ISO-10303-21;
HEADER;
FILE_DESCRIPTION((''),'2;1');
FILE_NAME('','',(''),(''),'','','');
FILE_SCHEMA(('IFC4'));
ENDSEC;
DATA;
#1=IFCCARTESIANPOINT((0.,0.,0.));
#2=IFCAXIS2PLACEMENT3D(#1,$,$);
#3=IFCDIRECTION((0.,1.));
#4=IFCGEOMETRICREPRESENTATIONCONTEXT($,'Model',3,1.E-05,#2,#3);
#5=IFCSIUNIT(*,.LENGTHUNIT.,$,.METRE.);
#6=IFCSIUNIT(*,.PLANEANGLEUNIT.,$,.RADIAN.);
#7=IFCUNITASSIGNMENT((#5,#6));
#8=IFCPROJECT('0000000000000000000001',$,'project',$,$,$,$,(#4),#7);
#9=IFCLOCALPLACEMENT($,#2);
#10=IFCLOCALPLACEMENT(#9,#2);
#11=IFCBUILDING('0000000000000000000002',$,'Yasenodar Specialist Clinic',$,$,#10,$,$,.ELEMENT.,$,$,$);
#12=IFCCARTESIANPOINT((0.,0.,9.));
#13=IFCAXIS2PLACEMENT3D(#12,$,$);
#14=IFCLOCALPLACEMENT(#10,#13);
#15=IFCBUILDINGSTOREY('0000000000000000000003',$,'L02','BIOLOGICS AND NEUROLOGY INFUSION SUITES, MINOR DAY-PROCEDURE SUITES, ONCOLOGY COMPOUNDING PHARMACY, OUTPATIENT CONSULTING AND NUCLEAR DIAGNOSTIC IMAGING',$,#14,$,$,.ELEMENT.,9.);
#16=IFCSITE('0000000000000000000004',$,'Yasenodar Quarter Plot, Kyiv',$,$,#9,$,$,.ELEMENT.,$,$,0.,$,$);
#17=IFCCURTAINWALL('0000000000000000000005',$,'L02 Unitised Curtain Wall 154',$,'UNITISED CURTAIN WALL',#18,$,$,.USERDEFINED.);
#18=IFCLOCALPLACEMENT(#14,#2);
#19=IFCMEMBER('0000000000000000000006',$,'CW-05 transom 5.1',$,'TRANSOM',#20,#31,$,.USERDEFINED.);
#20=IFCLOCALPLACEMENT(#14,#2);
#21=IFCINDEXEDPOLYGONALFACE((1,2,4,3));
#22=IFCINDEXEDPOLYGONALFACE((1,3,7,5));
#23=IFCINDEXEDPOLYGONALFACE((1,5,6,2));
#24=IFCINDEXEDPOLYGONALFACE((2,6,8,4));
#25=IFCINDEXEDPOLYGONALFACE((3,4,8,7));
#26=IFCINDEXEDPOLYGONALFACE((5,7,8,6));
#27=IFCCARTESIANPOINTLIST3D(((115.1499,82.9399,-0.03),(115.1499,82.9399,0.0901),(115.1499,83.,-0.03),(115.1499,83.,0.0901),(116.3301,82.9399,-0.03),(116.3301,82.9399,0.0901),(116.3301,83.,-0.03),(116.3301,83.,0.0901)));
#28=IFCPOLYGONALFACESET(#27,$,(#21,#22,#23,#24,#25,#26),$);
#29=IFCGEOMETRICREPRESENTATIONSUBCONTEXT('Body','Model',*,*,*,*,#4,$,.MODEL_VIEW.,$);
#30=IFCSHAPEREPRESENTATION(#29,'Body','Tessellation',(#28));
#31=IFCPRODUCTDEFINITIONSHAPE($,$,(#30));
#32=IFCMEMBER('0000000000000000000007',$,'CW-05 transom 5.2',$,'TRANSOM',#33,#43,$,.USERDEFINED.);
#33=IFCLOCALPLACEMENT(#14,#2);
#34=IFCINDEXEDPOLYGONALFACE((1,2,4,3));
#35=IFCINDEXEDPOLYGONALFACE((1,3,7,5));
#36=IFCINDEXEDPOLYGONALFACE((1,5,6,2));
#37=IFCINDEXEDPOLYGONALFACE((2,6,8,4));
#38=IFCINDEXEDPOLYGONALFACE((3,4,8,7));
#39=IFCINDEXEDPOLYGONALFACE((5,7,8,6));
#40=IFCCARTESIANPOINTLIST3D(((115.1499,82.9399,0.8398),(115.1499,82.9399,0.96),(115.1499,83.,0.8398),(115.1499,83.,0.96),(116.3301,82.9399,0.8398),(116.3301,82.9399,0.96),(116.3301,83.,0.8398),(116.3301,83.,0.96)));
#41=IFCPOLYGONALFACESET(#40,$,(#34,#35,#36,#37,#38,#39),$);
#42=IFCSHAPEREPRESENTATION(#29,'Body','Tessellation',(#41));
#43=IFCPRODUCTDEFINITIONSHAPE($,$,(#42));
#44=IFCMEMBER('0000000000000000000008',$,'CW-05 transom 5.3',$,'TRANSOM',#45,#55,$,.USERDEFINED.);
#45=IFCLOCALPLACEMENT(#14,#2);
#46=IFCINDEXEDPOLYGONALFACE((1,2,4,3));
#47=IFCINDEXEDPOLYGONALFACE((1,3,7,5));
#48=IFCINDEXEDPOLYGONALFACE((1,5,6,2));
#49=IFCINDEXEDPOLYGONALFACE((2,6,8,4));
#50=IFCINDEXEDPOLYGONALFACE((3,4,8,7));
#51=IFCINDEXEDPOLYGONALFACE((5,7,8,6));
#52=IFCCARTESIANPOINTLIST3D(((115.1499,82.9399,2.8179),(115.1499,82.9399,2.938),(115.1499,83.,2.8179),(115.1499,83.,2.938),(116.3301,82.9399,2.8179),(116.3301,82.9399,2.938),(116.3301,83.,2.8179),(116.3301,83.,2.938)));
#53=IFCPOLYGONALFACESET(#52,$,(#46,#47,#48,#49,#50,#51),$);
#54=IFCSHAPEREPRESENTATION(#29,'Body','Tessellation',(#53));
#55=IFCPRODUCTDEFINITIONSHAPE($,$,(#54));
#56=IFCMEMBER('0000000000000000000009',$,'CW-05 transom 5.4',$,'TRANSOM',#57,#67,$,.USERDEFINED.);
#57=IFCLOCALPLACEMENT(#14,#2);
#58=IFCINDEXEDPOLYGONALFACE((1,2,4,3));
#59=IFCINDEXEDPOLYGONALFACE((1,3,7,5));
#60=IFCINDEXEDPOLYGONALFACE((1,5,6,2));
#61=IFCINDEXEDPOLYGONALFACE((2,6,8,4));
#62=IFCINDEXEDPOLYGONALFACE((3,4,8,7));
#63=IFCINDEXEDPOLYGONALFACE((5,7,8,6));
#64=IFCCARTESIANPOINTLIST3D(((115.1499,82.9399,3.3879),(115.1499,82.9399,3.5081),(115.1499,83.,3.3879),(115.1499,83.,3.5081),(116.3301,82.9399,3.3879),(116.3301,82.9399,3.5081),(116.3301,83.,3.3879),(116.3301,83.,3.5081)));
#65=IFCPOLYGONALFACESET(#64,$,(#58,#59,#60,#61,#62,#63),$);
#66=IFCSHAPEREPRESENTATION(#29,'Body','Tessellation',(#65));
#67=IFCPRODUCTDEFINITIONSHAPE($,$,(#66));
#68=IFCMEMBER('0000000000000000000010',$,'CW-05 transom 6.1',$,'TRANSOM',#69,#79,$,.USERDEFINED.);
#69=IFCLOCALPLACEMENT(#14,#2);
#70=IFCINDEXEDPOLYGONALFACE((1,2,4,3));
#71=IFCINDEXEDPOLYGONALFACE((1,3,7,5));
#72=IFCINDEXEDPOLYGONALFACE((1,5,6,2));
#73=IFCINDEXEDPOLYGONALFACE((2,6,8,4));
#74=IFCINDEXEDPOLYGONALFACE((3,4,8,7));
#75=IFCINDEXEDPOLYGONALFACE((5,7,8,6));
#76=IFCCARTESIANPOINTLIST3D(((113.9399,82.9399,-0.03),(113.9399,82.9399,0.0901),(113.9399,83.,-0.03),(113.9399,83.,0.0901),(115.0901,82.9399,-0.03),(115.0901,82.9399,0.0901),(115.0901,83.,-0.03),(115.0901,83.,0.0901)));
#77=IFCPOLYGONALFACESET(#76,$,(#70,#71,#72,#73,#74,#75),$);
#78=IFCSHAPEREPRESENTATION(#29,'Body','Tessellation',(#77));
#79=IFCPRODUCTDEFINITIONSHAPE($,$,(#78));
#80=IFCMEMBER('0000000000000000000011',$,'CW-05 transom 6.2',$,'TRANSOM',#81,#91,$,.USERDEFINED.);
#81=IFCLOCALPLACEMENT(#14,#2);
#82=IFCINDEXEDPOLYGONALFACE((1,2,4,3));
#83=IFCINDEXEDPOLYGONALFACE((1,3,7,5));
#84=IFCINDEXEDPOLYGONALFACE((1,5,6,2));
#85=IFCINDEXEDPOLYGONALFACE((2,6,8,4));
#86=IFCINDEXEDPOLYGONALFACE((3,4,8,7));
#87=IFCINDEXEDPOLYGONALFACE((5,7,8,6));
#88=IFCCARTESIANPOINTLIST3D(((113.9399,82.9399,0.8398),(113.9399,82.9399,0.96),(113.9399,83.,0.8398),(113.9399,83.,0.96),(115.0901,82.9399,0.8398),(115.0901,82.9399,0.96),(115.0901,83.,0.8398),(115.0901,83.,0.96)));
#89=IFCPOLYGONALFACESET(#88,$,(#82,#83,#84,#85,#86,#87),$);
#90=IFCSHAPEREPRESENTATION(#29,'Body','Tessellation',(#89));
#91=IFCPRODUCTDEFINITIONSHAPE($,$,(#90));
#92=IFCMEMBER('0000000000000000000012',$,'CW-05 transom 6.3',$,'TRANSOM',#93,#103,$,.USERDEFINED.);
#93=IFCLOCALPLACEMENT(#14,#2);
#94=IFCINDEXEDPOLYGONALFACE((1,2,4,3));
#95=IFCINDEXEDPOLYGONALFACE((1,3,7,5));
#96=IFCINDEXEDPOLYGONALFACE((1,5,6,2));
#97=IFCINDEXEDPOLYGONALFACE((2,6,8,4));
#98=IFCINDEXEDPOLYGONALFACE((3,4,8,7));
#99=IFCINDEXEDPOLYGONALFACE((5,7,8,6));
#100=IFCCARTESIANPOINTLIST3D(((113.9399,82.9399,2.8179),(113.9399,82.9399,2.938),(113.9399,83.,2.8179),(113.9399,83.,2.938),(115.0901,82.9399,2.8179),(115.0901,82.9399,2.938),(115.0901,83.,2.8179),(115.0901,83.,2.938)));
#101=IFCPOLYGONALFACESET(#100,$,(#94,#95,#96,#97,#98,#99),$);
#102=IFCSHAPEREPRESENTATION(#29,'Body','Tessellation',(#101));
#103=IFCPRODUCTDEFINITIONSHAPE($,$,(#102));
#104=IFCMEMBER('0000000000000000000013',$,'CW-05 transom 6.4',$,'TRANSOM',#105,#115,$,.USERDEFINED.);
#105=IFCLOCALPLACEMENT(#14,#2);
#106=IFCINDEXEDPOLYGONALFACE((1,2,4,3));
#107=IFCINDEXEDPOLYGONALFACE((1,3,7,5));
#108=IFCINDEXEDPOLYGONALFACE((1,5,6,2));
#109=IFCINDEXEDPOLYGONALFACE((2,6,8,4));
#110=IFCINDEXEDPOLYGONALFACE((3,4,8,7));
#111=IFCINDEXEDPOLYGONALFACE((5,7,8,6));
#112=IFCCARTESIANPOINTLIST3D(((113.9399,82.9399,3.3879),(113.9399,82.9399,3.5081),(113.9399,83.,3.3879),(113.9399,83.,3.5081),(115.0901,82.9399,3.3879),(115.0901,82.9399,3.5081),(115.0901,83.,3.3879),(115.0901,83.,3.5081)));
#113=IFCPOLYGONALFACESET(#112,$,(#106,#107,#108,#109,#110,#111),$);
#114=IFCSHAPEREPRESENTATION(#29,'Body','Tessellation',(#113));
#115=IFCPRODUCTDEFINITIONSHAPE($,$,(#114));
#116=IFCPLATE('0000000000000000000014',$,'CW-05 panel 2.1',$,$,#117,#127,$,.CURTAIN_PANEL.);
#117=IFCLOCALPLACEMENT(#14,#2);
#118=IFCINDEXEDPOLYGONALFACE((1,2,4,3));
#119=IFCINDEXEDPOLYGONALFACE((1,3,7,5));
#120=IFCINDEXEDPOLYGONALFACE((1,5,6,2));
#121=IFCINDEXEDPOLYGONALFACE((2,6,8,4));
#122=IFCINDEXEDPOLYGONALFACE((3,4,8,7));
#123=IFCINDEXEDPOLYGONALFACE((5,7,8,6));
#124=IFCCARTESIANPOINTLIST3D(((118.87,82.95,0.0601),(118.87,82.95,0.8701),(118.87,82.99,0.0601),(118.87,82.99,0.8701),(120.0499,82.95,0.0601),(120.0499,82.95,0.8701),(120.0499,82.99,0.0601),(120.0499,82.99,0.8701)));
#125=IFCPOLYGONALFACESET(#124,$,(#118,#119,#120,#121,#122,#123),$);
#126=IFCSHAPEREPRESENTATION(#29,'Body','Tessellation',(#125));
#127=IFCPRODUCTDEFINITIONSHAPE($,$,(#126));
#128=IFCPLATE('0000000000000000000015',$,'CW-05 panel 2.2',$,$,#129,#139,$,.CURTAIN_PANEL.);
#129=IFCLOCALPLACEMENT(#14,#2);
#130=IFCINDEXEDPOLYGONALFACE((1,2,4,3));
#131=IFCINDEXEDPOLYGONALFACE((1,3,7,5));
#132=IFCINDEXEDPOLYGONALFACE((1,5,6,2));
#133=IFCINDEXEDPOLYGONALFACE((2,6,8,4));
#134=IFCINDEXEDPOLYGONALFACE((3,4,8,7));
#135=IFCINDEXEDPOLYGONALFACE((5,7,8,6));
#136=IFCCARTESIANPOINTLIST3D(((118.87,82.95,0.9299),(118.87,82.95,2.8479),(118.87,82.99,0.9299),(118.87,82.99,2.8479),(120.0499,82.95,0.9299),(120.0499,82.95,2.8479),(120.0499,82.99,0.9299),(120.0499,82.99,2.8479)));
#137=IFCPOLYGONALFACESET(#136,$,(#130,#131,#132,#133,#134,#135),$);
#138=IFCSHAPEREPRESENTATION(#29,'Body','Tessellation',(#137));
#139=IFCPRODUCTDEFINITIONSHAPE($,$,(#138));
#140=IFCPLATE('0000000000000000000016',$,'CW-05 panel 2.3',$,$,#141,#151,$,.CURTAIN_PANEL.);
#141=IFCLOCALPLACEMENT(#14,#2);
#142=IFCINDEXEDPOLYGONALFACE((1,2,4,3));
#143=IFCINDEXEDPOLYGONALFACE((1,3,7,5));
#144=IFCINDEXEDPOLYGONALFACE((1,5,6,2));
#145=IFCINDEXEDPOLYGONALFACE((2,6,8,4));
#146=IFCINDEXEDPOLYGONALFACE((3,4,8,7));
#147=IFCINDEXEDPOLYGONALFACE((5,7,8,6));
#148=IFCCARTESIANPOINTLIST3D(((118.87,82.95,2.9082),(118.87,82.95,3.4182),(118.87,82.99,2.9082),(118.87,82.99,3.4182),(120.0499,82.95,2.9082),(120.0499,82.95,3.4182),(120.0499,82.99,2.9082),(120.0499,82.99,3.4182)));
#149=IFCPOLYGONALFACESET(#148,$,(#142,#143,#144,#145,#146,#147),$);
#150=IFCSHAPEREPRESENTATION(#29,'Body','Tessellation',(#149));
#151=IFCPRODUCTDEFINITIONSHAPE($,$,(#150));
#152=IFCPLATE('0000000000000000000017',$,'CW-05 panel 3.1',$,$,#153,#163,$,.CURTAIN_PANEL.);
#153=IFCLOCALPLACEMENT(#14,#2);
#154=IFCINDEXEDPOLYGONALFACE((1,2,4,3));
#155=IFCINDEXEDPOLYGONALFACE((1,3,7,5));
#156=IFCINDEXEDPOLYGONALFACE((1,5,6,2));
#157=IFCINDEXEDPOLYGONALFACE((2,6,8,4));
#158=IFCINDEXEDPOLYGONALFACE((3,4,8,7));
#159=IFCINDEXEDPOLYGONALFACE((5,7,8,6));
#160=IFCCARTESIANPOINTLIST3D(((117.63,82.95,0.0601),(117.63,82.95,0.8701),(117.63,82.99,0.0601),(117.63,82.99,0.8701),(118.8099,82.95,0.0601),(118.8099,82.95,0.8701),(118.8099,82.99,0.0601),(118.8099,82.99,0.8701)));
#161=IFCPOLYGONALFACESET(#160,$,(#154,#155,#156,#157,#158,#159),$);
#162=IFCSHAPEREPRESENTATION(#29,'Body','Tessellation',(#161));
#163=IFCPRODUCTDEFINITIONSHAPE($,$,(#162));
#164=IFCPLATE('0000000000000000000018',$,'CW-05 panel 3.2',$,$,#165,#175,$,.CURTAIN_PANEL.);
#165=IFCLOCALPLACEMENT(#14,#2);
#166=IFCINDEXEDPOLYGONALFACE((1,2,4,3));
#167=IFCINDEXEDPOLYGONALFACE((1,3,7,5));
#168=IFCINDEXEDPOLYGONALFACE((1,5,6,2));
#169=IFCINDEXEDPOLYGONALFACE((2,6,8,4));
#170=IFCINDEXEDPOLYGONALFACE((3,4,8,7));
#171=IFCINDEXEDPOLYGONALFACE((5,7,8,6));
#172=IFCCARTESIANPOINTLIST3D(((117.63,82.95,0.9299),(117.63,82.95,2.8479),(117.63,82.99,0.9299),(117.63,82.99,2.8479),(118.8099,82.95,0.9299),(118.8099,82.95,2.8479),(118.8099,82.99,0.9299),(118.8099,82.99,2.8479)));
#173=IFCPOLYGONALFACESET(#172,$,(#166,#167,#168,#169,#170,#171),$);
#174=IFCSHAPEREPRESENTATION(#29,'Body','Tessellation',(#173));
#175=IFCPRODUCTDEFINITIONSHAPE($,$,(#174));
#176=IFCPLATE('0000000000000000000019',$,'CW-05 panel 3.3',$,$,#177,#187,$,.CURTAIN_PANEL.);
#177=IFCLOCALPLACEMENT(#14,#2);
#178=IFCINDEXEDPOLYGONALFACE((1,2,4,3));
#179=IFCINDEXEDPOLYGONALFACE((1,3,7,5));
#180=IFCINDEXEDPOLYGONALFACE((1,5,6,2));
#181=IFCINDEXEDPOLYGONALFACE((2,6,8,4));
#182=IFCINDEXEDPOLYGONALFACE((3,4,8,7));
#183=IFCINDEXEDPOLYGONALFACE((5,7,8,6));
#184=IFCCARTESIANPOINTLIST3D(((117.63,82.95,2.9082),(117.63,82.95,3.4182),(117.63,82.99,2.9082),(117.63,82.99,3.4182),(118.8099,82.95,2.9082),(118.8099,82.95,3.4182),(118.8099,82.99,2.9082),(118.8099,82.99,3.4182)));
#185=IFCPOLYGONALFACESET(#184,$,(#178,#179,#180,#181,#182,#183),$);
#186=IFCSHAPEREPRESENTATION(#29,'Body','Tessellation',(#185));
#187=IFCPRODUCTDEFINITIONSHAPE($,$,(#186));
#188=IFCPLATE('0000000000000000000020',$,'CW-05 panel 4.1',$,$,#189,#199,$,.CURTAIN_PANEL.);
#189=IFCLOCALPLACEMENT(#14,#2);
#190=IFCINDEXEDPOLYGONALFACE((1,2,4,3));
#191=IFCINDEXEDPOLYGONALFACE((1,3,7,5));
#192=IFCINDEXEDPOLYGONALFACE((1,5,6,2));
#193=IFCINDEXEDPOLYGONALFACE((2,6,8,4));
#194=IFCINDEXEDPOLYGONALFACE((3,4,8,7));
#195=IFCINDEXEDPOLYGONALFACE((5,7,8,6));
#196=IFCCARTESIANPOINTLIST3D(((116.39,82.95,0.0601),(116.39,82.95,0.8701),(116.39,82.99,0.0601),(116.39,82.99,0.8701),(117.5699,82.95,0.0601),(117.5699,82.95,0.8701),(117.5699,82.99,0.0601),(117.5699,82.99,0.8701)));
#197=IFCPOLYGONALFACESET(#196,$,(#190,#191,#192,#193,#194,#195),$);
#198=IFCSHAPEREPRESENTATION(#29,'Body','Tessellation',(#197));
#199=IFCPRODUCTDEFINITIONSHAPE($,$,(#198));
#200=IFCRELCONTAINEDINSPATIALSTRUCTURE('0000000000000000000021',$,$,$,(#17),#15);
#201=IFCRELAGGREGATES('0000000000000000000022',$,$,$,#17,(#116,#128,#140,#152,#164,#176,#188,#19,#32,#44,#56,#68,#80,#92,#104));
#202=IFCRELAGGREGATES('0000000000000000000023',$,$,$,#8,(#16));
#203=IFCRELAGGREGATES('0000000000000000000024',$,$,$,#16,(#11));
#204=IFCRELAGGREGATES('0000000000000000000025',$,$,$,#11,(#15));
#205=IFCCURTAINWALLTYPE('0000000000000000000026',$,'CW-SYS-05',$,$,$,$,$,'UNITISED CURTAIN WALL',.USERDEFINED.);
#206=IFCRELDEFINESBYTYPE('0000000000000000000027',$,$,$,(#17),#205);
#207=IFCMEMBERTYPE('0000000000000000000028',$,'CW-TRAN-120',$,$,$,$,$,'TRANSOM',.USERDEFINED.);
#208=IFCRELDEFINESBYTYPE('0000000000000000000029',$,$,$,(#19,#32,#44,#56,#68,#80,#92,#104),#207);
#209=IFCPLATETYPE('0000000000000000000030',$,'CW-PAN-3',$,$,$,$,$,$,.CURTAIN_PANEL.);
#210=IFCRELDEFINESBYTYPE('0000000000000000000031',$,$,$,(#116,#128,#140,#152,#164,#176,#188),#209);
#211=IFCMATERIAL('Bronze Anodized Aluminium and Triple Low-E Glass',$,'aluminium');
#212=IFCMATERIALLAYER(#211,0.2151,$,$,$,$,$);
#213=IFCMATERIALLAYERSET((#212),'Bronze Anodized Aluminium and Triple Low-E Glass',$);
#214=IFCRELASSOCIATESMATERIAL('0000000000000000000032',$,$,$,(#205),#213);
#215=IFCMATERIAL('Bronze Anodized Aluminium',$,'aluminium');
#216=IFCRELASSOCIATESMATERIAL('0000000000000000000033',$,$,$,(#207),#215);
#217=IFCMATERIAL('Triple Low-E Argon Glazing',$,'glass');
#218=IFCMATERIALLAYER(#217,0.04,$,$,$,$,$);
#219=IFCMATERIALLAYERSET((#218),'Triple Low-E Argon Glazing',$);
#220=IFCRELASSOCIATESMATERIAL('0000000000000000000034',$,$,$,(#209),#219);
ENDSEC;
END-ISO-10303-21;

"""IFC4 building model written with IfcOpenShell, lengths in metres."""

from ifc_helpers import new_model, si_unit, direction, frame, origin, origin_2d, place, context, subcontext, project, spatial, rectangle, extrude, material, layer, layer_set, material_profile, profile_set, type_object, element, aggregate, save


model = new_model("IFC4")

# Units and contexts
model_context = context("Model", 3, precision=1e-05, world=origin(), true_north=direction((0.0, 1.0)))
body_context = subcontext(model_context, "Body", "Model", "MODEL_VIEW")
ifc_project = project(units=[si_unit("LENGTHUNIT", "METRE"), si_unit("PLANEANGLEUNIT", "RADIAN")], contexts=[model_context])

# Site, building, storey
site_placement = place(None, origin())
site = spatial("IfcSite", under=ifc_project, at=site_placement, Name="Yasenodar Quarter Plot, Kyiv", CompositionType="ELEMENT", RefElevation=0.0)
building_placement = place(site_placement, origin())
building = spatial("IfcBuilding", under=site, at=building_placement, Name="Yasenodar Specialist Clinic", CompositionType="ELEMENT")
storey_placement = place(building_placement, frame((0.0, 0.0, 9.0)))
storey = spatial("IfcBuildingStorey", under=building, at=storey_placement, Name="L02", Description="BIOLOGICS AND NEUROLOGY INFUSION SUITES, MINOR DAY-PROCEDURE SUITES, ONCOLOGY COMPOUNDING PHARMACY, OUTPATIENT CONSULTING AND NUCLEAR DIAGNOSTIC IMAGING", CompositionType="ELEMENT", Elevation=9.0)

# Curtain wall, members, plates
ifc_material_1 = material(Name="Bronze Anodized Aluminium and Triple Low-E Glass", Category="aluminium")
ifc_layer_1 = layer(ifc_material_1, 0.2151)
ifc_layer_set_1 = layer_set([ifc_layer_1], Name="Bronze Anodized Aluminium and Triple Low-E Glass")
curtain_wall_type = type_object("IfcCurtainWallType", Name="CW-SYS-05", ElementType="UNITISED CURTAIN WALL", PredefinedType="USERDEFINED", material=ifc_layer_set_1)
curtain_wall_placement = place(storey_placement, origin())
curtain_wall = element("IfcCurtainWall", 1, at=curtain_wall_placement, inside=storey, type_object=curtain_wall_type, Name="L02 Unitised Curtain Wall 154", ObjectType="UNITISED CURTAIN WALL", PredefinedType="USERDEFINED")
ifc_material_2 = material(Name="Bronze Anodized Aluminium", Category="aluminium")
ifc_material_profile_1 = material_profile(ifc_material_2, rectangle(XDim=0.0601, YDim=0.1201, at=origin_2d()), Name="CW-TRAN 60x120")
ifc_profile_set_1 = profile_set([ifc_material_profile_1], Name="Bronze Anodized Aluminium")
member_type_1 = type_object("IfcMemberType", Name="CW-TRAN-120", ElementType="TRANSOM", PredefinedType="USERDEFINED", material=ifc_profile_set_1)
member_1_placement = place(storey_placement, frame((116.3301, 82.97, 0.03), z_axis=(-1.0, 0.0, 0.0), x_axis=(0.0, -1.0, 0.0)))
member_1 = element("IfcMember", 2, at=member_1_placement, type_object=member_type_1, Name="CW-05 transom 5.1", ObjectType="TRANSOM", PredefinedType="USERDEFINED", context=body_context, shape_type="SweptSolid", body=[
    extrude(rectangle(XDim=0.0601, YDim=0.1201, at=origin_2d()), origin(), (0.0, 0.0, 1.0), 1.1802),
])
member_2_placement = place(storey_placement, frame((116.3301, 82.97, 0.8999), z_axis=(-1.0, 0.0, 0.0), x_axis=(0.0, -1.0, 0.0)))
member_2 = element("IfcMember", 3, at=member_2_placement, type_object=member_type_1, Name="CW-05 transom 5.2", ObjectType="TRANSOM", PredefinedType="USERDEFINED", context=body_context, shape_type="SweptSolid", body=[
    extrude(rectangle(XDim=0.0601, YDim=0.1201, at=origin_2d()), origin(), (0.0, 0.0, 1.0), 1.1802),
])
member_3_placement = place(storey_placement, frame((116.3301, 82.97, 2.8779), z_axis=(-1.0, 0.0, 0.0), x_axis=(0.0, -1.0, 0.0)))
member_3 = element("IfcMember", 4, at=member_3_placement, type_object=member_type_1, Name="CW-05 transom 5.3", ObjectType="TRANSOM", PredefinedType="USERDEFINED", context=body_context, shape_type="SweptSolid", body=[
    extrude(rectangle(XDim=0.0601, YDim=0.1201, at=origin_2d()), origin(), (0.0, 0.0, 1.0), 1.1802),
])
member_4_placement = place(storey_placement, frame((116.3301, 82.97, 3.448), z_axis=(-1.0, 0.0, 0.0), x_axis=(0.0, -1.0, 0.0)))
member_4 = element("IfcMember", 5, at=member_4_placement, type_object=member_type_1, Name="CW-05 transom 5.4", ObjectType="TRANSOM", PredefinedType="USERDEFINED", context=body_context, shape_type="SweptSolid", body=[
    extrude(rectangle(XDim=0.0601, YDim=0.1201, at=origin_2d()), origin(), (0.0, 0.0, 1.0), 1.1802),
])
member_5_placement = place(storey_placement, frame((115.0901, 82.97, 0.03), z_axis=(-1.0, 0.0, 0.0), x_axis=(0.0, -1.0, 0.0)))
member_5 = element("IfcMember", 6, at=member_5_placement, type_object=member_type_1, Name="CW-05 transom 6.1", ObjectType="TRANSOM", PredefinedType="USERDEFINED", context=body_context, shape_type="SweptSolid", body=[
    extrude(rectangle(XDim=0.0601, YDim=0.1201, at=origin_2d()), origin(), (0.0, 0.0, 1.0), 1.1501),
])
member_6_placement = place(storey_placement, frame((115.0901, 82.97, 0.8999), z_axis=(-1.0, 0.0, 0.0), x_axis=(0.0, -1.0, 0.0)))
member_6 = element("IfcMember", 7, at=member_6_placement, type_object=member_type_1, Name="CW-05 transom 6.2", ObjectType="TRANSOM", PredefinedType="USERDEFINED", context=body_context, shape_type="SweptSolid", body=[
    extrude(rectangle(XDim=0.0601, YDim=0.1201, at=origin_2d()), origin(), (0.0, 0.0, 1.0), 1.1501),
])
member_7_placement = place(storey_placement, frame((115.0901, 82.97, 2.8779), z_axis=(-1.0, 0.0, 0.0), x_axis=(0.0, -1.0, 0.0)))
member_7 = element("IfcMember", 8, at=member_7_placement, type_object=member_type_1, Name="CW-05 transom 6.3", ObjectType="TRANSOM", PredefinedType="USERDEFINED", context=body_context, shape_type="SweptSolid", body=[
    extrude(rectangle(XDim=0.0601, YDim=0.1201, at=origin_2d()), origin(), (0.0, 0.0, 1.0), 1.1501),
])
member_8_placement = place(storey_placement, frame((115.0901, 82.97, 3.448), z_axis=(-1.0, 0.0, 0.0), x_axis=(0.0, -1.0, 0.0)))
member_8 = element("IfcMember", 9, at=member_8_placement, type_object=member_type_1, Name="CW-05 transom 6.4", ObjectType="TRANSOM", PredefinedType="USERDEFINED", context=body_context, shape_type="SweptSolid", body=[
    extrude(rectangle(XDim=0.0601, YDim=0.1201, at=origin_2d()), origin(), (0.0, 0.0, 1.0), 1.1501),
])
ifc_material_3 = material(Name="Triple Low-E Argon Glazing", Category="glass")
ifc_layer_2 = layer(ifc_material_3, 0.04)
ifc_layer_set_2 = layer_set([ifc_layer_2], Name="Triple Low-E Argon Glazing")
plate_type = type_object("IfcPlateType", Name="CW-PAN-3", PredefinedType="CURTAIN_PANEL", material=ifc_layer_set_2)
plate_1_placement = place(storey_placement, frame((119.46, 82.97, 0.0601), z_axis=(0.0, 0.0, 1.0), x_axis=(-1.0, 0.0, 0.0)))
plate_1 = element("IfcPlate", 10, at=plate_1_placement, type_object=plate_type, Name="CW-05 panel 2.1", PredefinedType="CURTAIN_PANEL", context=body_context, shape_type="SweptSolid", body=[
    extrude(rectangle(XDim=1.1799, YDim=0.04, at=origin_2d()), origin(), (0.0, 0.0, 1.0), 0.8101),
])
plate_2_placement = place(storey_placement, frame((119.46, 82.97, 0.9299), z_axis=(0.0, 0.0, 1.0), x_axis=(-1.0, 0.0, 0.0)))
plate_2 = element("IfcPlate", 11, at=plate_2_placement, type_object=plate_type, Name="CW-05 panel 2.2", PredefinedType="CURTAIN_PANEL", context=body_context, shape_type="SweptSolid", body=[
    extrude(rectangle(XDim=1.1799, YDim=0.04, at=origin_2d()), origin(), (0.0, 0.0, 1.0), 1.918),
])
plate_3_placement = place(storey_placement, frame((119.46, 82.97, 2.9082), z_axis=(0.0, 0.0, 1.0), x_axis=(-1.0, 0.0, 0.0)))
plate_3 = element("IfcPlate", 12, at=plate_3_placement, type_object=plate_type, Name="CW-05 panel 2.3", PredefinedType="CURTAIN_PANEL", context=body_context, shape_type="SweptSolid", body=[
    extrude(rectangle(XDim=1.1799, YDim=0.04, at=origin_2d()), origin(), (0.0, 0.0, 1.0), 0.51),
])
plate_4_placement = place(storey_placement, frame((118.22, 82.97, 0.0601), z_axis=(0.0, 0.0, 1.0), x_axis=(-1.0, 0.0, 0.0)))
plate_4 = element("IfcPlate", 13, at=plate_4_placement, type_object=plate_type, Name="CW-05 panel 3.1", PredefinedType="CURTAIN_PANEL", context=body_context, shape_type="SweptSolid", body=[
    extrude(rectangle(XDim=1.1799, YDim=0.04, at=origin_2d()), origin(), (0.0, 0.0, 1.0), 0.8101),
])
plate_5_placement = place(storey_placement, frame((118.22, 82.97, 0.9299), z_axis=(0.0, 0.0, 1.0), x_axis=(-1.0, 0.0, 0.0)))
plate_5 = element("IfcPlate", 14, at=plate_5_placement, type_object=plate_type, Name="CW-05 panel 3.2", PredefinedType="CURTAIN_PANEL", context=body_context, shape_type="SweptSolid", body=[
    extrude(rectangle(XDim=1.1799, YDim=0.04, at=origin_2d()), origin(), (0.0, 0.0, 1.0), 1.918),
])
plate_6_placement = place(storey_placement, frame((118.22, 82.97, 2.9082), z_axis=(0.0, 0.0, 1.0), x_axis=(-1.0, 0.0, 0.0)))
plate_6 = element("IfcPlate", 15, at=plate_6_placement, type_object=plate_type, Name="CW-05 panel 3.3", PredefinedType="CURTAIN_PANEL", context=body_context, shape_type="SweptSolid", body=[
    extrude(rectangle(XDim=1.1799, YDim=0.04, at=origin_2d()), origin(), (0.0, 0.0, 1.0), 0.51),
])
plate_7_placement = place(storey_placement, frame((116.98, 82.97, 0.0601), z_axis=(0.0, 0.0, 1.0), x_axis=(-1.0, 0.0, 0.0)))
plate_7 = element("IfcPlate", 16, at=plate_7_placement, type_object=plate_type, Name="CW-05 panel 4.1", PredefinedType="CURTAIN_PANEL", context=body_context, shape_type="SweptSolid", body=[
    extrude(rectangle(XDim=1.1799, YDim=0.04, at=origin_2d()), origin(), (0.0, 0.0, 1.0), 0.8101),
])
aggregate(curtain_wall, [plate_1, plate_2, plate_3, plate_4, plate_5, plate_6, plate_7, member_1, member_2, member_3, member_4, member_5, member_6, member_7, member_8])

save(model, "model.ifc")
